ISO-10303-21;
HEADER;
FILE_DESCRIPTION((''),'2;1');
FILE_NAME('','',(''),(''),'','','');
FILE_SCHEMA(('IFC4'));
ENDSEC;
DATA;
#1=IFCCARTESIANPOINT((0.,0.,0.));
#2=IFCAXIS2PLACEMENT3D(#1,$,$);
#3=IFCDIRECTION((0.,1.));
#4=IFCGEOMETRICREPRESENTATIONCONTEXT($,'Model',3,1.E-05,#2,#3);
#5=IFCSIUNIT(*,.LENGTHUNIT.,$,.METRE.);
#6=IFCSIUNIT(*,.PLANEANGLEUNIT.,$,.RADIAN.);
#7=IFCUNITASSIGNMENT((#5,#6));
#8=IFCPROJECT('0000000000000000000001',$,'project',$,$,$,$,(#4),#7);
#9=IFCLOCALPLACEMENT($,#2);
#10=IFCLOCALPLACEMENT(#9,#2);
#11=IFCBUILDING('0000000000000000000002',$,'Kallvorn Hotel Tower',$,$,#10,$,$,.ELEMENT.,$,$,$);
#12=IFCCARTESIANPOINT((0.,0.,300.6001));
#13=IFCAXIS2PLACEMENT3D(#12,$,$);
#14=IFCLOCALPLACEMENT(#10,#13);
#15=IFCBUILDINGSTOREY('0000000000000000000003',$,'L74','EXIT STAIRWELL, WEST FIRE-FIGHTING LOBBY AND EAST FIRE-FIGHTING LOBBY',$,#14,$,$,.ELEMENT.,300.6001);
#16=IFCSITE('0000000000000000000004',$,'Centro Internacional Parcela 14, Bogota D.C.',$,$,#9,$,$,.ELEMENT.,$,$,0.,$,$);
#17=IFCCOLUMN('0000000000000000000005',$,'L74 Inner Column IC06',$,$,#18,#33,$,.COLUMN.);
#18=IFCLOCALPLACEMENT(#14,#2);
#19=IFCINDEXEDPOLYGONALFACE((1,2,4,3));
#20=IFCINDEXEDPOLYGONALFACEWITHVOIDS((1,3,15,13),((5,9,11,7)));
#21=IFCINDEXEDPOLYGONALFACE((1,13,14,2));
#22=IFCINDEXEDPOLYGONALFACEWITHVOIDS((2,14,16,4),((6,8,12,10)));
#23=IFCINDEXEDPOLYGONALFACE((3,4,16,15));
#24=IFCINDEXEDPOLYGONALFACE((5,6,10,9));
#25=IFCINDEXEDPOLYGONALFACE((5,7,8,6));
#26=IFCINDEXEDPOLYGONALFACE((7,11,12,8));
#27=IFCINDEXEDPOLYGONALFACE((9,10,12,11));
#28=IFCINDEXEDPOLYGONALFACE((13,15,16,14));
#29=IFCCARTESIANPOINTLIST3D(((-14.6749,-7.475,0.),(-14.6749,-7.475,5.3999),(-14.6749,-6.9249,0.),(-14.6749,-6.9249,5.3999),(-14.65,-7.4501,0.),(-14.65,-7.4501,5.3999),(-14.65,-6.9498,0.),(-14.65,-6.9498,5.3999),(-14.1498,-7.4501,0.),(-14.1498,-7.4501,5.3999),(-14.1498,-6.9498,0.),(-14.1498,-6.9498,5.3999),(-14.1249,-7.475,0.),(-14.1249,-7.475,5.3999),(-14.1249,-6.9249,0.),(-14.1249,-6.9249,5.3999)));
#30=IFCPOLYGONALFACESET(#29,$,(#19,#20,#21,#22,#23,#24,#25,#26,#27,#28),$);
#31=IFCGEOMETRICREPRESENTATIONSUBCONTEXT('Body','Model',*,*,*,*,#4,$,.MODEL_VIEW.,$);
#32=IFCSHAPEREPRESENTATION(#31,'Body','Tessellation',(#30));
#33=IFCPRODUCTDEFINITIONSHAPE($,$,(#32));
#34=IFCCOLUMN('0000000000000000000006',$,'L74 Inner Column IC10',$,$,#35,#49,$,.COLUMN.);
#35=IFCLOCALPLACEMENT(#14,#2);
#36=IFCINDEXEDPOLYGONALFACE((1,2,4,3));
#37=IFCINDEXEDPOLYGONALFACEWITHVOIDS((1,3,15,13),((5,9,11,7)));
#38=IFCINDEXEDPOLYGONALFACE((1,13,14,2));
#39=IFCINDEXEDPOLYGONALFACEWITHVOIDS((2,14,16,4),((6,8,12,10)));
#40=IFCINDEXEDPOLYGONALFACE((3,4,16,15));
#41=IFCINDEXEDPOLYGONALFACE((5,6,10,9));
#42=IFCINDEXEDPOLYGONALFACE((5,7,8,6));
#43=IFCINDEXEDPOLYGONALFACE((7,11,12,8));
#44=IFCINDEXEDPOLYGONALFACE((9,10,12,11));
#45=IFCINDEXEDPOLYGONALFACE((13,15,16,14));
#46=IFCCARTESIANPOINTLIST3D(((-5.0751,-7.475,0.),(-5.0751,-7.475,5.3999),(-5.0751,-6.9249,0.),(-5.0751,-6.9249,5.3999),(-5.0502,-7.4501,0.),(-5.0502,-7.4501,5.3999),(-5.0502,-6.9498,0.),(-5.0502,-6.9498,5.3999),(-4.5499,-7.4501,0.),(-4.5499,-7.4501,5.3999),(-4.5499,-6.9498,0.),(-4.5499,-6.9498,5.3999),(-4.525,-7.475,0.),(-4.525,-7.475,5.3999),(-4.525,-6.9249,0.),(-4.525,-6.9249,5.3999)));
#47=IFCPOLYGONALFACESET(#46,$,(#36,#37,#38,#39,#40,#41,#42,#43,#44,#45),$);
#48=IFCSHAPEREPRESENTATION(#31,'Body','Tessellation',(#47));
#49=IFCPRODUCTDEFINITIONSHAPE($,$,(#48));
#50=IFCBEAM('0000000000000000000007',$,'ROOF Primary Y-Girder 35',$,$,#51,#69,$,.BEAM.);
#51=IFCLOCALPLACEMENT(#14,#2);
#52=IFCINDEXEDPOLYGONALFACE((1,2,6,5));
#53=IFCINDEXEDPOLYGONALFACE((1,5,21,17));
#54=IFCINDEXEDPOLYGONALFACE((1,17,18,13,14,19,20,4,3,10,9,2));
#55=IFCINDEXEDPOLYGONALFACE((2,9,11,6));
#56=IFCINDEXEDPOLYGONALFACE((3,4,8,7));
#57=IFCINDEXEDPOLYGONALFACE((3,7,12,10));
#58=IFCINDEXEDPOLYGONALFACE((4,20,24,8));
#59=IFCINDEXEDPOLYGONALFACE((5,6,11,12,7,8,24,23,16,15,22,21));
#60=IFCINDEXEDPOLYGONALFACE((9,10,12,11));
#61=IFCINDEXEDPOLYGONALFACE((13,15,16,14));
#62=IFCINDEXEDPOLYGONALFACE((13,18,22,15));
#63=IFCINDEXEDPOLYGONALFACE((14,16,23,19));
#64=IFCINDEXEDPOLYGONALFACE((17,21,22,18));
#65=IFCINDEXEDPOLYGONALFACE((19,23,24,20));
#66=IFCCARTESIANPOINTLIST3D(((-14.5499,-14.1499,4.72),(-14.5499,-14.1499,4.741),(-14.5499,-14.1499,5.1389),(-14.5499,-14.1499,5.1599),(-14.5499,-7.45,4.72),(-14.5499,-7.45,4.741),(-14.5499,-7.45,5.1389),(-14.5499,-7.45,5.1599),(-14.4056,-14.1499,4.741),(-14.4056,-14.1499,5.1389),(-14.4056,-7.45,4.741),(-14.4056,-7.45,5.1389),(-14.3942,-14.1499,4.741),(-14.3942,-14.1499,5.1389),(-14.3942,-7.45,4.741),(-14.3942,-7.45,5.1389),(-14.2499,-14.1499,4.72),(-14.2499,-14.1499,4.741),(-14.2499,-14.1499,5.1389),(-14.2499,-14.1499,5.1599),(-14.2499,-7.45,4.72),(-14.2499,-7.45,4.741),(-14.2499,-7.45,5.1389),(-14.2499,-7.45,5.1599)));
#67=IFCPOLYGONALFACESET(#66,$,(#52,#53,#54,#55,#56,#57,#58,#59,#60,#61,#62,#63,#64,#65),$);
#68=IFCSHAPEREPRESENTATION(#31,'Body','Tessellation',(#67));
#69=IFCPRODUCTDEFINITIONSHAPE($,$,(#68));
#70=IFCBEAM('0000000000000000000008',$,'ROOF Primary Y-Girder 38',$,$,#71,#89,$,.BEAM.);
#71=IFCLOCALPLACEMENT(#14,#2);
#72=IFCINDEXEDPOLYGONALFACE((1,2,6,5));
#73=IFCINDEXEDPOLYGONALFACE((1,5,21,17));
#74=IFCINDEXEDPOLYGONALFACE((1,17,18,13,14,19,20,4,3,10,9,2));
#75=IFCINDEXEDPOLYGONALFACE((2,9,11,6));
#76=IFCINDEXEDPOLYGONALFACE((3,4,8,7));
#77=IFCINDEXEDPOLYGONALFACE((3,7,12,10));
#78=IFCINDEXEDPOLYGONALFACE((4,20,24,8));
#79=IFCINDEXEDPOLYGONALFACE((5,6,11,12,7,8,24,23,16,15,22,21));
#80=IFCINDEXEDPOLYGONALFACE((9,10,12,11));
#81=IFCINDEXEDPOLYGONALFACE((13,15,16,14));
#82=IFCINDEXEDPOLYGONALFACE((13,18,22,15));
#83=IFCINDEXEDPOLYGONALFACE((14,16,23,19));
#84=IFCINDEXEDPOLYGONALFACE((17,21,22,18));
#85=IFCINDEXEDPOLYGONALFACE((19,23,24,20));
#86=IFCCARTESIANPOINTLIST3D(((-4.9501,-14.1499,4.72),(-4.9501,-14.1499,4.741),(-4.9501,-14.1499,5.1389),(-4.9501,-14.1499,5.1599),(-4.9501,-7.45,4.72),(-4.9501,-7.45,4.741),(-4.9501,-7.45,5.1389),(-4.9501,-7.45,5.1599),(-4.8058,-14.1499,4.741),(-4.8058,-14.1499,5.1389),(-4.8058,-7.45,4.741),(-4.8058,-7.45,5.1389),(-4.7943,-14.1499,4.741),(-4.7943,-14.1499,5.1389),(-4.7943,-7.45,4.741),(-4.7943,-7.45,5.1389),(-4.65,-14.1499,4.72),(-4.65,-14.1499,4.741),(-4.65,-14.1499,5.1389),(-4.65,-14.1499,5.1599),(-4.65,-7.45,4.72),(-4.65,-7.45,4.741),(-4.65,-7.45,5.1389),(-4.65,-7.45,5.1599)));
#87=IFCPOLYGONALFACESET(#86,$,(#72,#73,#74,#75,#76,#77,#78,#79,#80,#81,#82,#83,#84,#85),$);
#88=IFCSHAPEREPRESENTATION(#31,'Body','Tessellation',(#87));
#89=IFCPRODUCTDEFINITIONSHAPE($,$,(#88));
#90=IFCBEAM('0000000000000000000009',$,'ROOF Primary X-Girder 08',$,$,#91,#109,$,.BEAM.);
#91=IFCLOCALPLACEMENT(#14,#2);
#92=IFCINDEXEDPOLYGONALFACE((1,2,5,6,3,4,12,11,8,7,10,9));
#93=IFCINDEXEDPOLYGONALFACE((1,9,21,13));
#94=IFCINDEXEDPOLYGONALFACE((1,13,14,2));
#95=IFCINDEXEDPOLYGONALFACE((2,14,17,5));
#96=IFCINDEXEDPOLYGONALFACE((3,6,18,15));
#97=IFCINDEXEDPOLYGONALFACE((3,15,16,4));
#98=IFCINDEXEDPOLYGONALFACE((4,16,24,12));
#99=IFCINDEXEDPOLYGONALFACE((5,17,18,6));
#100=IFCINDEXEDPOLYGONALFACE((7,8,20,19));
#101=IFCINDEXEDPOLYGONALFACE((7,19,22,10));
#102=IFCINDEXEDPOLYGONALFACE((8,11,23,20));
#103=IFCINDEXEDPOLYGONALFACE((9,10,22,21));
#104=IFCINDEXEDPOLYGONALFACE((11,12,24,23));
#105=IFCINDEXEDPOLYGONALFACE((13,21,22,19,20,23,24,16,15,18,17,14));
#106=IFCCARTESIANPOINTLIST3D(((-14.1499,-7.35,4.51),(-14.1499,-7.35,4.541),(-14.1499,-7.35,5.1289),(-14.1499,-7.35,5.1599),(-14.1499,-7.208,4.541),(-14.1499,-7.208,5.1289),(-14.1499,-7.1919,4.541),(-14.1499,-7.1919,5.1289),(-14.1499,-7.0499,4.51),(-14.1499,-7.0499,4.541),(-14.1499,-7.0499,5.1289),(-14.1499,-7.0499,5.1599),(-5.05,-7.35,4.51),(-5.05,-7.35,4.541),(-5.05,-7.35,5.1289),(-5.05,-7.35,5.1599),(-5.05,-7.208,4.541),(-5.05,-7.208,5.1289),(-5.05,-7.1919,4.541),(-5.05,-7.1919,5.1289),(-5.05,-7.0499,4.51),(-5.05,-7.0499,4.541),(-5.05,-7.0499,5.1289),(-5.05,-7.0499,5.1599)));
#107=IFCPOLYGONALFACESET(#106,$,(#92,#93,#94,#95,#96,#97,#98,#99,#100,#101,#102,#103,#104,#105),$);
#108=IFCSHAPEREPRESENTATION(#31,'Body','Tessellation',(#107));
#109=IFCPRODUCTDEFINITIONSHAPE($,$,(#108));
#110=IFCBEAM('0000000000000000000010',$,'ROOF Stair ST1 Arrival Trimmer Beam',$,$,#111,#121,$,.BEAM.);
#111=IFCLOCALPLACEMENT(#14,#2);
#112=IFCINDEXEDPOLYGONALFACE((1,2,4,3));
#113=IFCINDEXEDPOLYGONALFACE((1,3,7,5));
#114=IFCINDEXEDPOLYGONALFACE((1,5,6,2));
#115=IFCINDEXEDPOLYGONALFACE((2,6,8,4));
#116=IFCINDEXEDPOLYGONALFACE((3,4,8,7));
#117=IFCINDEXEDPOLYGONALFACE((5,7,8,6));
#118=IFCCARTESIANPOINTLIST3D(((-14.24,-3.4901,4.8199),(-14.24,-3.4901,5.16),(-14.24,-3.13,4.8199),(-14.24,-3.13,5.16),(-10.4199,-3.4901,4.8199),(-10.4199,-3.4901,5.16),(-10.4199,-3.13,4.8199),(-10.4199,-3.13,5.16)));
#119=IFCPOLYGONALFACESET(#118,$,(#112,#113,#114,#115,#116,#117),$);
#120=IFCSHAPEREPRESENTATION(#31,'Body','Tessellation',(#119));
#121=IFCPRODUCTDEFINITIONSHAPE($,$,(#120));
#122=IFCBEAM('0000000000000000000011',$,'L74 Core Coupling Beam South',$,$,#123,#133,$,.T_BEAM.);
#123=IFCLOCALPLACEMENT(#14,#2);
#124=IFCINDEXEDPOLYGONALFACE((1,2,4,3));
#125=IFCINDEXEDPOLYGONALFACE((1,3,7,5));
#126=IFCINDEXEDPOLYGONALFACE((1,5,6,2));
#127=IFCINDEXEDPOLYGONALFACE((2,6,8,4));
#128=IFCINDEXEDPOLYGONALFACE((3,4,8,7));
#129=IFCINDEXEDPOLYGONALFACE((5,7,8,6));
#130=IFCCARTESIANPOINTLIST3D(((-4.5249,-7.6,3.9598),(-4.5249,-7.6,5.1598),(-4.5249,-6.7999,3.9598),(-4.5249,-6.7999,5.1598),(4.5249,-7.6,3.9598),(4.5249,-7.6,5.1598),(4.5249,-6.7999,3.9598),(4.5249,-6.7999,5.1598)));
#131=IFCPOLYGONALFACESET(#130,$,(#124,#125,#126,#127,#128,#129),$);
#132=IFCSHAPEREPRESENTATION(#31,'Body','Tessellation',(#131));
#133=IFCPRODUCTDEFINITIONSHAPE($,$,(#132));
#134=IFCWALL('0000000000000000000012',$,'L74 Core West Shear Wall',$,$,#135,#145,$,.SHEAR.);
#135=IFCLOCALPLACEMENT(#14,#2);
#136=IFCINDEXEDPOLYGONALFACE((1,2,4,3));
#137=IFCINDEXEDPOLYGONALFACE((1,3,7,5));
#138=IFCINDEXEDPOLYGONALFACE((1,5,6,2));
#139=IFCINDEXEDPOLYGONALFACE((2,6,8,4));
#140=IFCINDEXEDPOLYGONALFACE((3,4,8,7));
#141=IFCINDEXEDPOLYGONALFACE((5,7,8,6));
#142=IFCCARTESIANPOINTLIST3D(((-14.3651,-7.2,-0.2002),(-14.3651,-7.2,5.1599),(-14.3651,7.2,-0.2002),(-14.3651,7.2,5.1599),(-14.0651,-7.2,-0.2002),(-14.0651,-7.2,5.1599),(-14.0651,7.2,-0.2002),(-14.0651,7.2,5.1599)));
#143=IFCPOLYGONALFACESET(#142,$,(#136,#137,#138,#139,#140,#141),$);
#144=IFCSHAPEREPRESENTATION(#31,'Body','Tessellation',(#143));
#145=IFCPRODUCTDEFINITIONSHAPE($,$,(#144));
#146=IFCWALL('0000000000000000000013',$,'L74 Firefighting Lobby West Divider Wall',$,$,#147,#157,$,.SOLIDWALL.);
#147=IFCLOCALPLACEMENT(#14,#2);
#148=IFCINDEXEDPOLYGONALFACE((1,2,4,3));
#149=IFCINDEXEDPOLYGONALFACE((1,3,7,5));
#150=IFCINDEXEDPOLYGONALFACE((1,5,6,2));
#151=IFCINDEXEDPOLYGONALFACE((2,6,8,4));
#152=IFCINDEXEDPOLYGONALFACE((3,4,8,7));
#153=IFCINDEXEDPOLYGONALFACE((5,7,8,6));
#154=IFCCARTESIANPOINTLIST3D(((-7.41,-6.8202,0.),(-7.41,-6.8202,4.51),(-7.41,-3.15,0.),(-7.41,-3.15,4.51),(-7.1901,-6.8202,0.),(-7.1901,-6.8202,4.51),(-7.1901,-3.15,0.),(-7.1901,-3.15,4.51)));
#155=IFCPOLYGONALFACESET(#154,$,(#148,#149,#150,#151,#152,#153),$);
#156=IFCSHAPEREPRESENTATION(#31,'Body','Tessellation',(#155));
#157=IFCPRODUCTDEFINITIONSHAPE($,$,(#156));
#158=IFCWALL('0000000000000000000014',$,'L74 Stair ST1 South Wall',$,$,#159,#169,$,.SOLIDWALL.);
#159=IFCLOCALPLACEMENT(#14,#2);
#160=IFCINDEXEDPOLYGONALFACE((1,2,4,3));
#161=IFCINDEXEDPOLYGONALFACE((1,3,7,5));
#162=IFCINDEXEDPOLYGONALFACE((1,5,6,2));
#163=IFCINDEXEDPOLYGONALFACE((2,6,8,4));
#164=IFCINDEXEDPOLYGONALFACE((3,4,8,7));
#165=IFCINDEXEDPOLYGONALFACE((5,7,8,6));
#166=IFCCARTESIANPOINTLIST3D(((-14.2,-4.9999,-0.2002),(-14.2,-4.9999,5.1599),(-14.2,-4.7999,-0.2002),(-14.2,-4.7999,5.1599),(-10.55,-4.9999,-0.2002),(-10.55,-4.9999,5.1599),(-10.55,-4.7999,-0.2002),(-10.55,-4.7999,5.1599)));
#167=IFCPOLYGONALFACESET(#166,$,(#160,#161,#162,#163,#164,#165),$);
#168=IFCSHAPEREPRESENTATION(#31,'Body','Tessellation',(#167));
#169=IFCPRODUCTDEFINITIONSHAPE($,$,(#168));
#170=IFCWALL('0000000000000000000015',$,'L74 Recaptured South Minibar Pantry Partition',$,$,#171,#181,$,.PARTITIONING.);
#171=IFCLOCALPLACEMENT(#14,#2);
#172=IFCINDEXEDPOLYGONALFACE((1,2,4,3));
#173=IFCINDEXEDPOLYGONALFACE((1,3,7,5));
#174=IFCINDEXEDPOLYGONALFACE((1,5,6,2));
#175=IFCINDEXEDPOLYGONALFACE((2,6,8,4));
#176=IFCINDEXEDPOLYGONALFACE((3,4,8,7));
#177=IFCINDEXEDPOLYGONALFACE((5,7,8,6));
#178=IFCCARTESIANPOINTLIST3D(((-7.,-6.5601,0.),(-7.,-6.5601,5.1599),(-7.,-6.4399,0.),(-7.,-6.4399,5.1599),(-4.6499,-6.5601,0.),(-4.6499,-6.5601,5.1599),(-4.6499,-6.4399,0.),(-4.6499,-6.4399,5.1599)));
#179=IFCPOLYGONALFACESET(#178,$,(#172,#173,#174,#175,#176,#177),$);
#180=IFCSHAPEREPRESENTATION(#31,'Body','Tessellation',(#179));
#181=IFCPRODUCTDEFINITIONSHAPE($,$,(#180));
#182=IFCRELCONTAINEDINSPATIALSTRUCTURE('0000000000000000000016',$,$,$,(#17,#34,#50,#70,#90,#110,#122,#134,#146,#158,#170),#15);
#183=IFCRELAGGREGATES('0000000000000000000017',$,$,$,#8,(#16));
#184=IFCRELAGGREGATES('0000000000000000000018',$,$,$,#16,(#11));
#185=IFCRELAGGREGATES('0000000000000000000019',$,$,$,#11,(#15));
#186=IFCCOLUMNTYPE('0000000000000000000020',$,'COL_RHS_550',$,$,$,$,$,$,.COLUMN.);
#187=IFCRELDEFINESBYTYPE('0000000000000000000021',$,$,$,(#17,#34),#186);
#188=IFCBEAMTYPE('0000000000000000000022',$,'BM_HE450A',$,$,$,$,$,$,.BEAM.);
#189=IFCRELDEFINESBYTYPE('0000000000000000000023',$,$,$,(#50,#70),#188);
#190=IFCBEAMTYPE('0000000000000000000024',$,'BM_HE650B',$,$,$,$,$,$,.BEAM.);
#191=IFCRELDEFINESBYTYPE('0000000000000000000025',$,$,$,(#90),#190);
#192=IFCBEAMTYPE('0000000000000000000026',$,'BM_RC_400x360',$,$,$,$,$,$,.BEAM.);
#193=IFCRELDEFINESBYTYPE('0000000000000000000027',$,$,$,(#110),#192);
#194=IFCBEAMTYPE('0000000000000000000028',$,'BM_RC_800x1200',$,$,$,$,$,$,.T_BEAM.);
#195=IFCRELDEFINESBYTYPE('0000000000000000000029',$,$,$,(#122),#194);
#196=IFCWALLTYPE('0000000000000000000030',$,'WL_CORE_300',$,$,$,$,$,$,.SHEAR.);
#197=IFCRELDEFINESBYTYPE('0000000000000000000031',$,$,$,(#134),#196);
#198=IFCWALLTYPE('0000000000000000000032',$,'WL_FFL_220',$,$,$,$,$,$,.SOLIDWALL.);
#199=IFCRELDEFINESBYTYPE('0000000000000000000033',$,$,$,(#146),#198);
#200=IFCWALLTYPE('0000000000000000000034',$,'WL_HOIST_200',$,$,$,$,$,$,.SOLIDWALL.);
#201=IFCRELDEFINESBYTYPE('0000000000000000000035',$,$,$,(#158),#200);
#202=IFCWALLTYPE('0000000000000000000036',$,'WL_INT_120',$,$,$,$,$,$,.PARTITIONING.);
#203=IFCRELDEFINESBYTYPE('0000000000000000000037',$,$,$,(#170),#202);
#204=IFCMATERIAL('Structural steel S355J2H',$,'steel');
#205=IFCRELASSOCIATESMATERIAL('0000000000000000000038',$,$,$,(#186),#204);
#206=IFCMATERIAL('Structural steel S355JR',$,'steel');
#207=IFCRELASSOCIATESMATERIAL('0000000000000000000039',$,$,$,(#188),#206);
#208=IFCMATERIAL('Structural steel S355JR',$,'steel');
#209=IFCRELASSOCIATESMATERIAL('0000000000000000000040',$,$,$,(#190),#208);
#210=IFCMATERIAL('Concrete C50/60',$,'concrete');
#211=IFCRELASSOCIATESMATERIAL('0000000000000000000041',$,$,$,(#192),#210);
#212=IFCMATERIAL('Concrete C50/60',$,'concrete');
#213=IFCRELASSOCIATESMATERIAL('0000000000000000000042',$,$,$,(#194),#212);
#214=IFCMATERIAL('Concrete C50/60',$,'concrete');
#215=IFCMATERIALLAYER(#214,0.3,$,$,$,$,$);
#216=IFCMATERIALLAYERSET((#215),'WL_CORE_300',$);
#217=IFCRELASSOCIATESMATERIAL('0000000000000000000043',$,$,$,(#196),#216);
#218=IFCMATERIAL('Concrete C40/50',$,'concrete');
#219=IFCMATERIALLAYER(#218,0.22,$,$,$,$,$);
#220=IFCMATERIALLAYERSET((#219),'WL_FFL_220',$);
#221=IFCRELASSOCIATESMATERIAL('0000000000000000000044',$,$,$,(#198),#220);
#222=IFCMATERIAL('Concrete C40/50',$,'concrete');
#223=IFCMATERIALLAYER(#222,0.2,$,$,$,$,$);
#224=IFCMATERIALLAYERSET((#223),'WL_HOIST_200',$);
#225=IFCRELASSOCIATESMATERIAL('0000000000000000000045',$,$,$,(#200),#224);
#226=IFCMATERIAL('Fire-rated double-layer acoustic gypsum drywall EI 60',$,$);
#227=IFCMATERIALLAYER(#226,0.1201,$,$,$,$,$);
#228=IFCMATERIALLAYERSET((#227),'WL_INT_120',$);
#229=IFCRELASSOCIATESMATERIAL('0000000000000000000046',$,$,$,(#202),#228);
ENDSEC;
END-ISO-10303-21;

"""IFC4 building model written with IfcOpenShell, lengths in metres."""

from ifc_helpers import new_model, si_unit, direction, frame, frame_2d, origin, origin_2d, place, context, subcontext, project, spatial, rectangle, hollow_rectangle, i_section, extrude, material, layer, layer_set, material_profile, profile_set, type_object, element, save


model = new_model("IFC4")

# Units and contexts
model_context = context("Model", 3, precision=1e-05, world=origin(), true_north=direction((0.0, 1.0)))
body_context = subcontext(model_context, "Body", "Model", "MODEL_VIEW")
ifc_project = project(units=[si_unit("LENGTHUNIT", "METRE"), si_unit("PLANEANGLEUNIT", "RADIAN")], contexts=[model_context])

# Site, building, storey
site_placement = place(None, origin())
site = spatial("IfcSite", under=ifc_project, at=site_placement, Name="Centro Internacional Parcela 14, Bogota D.C.", CompositionType="ELEMENT", RefElevation=0.0)
building_placement = place(site_placement, origin())
building = spatial("IfcBuilding", under=site, at=building_placement, Name="Kallvorn Hotel Tower", CompositionType="ELEMENT")
storey_placement = place(building_placement, frame((0.0, 0.0, 300.6001)))
storey = spatial("IfcBuildingStorey", under=building, at=storey_placement, Name="L74", Description="EXIT STAIRWELL, WEST FIRE-FIGHTING LOBBY AND EAST FIRE-FIGHTING LOBBY", CompositionType="ELEMENT", Elevation=300.6001)

# Columns
ifc_material_1 = material(Name="Structural steel S355J2H", Category="steel")
ifc_material_profile_1 = material_profile(ifc_material_1, hollow_rectangle(XDim=0.55, YDim=0.55, WallThickness=0.0249, at=origin_2d()), Name="RHS 550x550x25")
ifc_profile_set_1 = profile_set([ifc_material_profile_1], Name="Structural steel S355J2H")
column_type = type_object("IfcColumnType", Name="COL_RHS_550", PredefinedType="COLUMN", material=ifc_profile_set_1)
for number, where, z_axis, x_axis, name in (
    (1, (-14.3999, -7.2, 0.0), (0.0, 0.0, 1.0), (1.0, 0.0, 0.0), "L74 Inner Column IC06"),
    (2, (-4.8, -7.2, 0.0), (0.0, 0.0, 1.0), (1.0, 0.0, 0.0), "L74 Inner Column IC10"),
):
    element("IfcColumn", number, at=place(storey_placement, frame(where, z_axis=z_axis, x_axis=x_axis)), inside=storey, type_object=column_type, Name=name, PredefinedType="COLUMN", context=body_context, shape_type="SweptSolid", body=[
        extrude(hollow_rectangle(XDim=0.55, YDim=0.55, WallThickness=0.0249, at=origin_2d()), origin(), (0.0, 0.0, 1.0), 5.3999),
    ])

# Beams
ifc_material_2 = material(Name="Structural steel S355JR", Category="steel")
ifc_material_profile_2 = material_profile(ifc_material_2, i_section(OverallWidth=0.3, OverallDepth=0.4399, WebThickness=0.0115, FlangeThickness=0.021, at=origin_2d()), Name="HE 450 A")
ifc_profile_set_2 = profile_set([ifc_material_profile_2], Name="Structural steel S355JR")
beam_type_1 = type_object("IfcBeamType", Name="BM_HE450A", PredefinedType="BEAM", material=ifc_profile_set_2)
for number, where, z_axis, x_axis, name in (
    (3, (-14.3999, -14.1499, 4.9399), (0.0, 1.0, 0.0), (-1.0, 0.0, 0.0), "ROOF Primary Y-Girder 35"),
    (4, (-4.8, -14.1499, 4.9399), (0.0, 1.0, 0.0), (-1.0, 0.0, 0.0), "ROOF Primary Y-Girder 38"),
):
    element("IfcBeam", number, at=place(storey_placement, frame(where, z_axis=z_axis, x_axis=x_axis)), inside=storey, type_object=beam_type_1, Name=name, PredefinedType="BEAM", context=body_context, shape_type="SweptSolid", body=[
        extrude(i_section(OverallWidth=0.3, OverallDepth=0.4399, WebThickness=0.0115, FlangeThickness=0.021, at=origin_2d()), origin(), (0.0, 0.0, 1.0), 6.7),
    ])
ifc_material_3 = material(Name="Structural steel S355JR", Category="steel")
ifc_material_profile_3 = material_profile(ifc_material_3, i_section(OverallWidth=0.3, OverallDepth=0.6499, WebThickness=0.0161, FlangeThickness=0.031, at=origin_2d()), Name="HE 650 B")
ifc_profile_set_3 = profile_set([ifc_material_profile_3], Name="Structural steel S355JR")
beam_type_2 = type_object("IfcBeamType", Name="BM_HE650B", PredefinedType="BEAM", material=ifc_profile_set_3)
beam_1_placement = place(storey_placement, frame((-14.1499, -7.2, 4.835), z_axis=(1.0, 0.0, 0.0), x_axis=(0.0, 1.0, 0.0)))
element("IfcBeam", 5, at=beam_1_placement, inside=storey, type_object=beam_type_2, Name="ROOF Primary X-Girder 08", PredefinedType="BEAM", context=body_context, shape_type="SweptSolid", body=[
    extrude(i_section(OverallWidth=0.3, OverallDepth=0.6499, WebThickness=0.0161, FlangeThickness=0.031, at=origin_2d()), origin(), (0.0, 0.0, 1.0), 9.0999),
])
ifc_material_4 = material(Name="Concrete C50/60", Category="concrete")
ifc_material_profile_4 = material_profile(ifc_material_4, rectangle(XDim=0.3601, YDim=0.3401, at=origin_2d()), Name="RC 360x340")
ifc_profile_set_4 = profile_set([ifc_material_profile_4], Name="Concrete C50/60")
beam_type_3 = type_object("IfcBeamType", Name="BM_RC_400x360", PredefinedType="BEAM", material=ifc_profile_set_4)
beam_2_placement = place(storey_placement, frame((-10.4199, -3.3101, 4.99), z_axis=(-1.0, 0.0, 0.0), x_axis=(0.0, -1.0, 0.0)))
element("IfcBeam", 6, at=beam_2_placement, inside=storey, type_object=beam_type_3, Name="ROOF Stair ST1 Arrival Trimmer Beam", PredefinedType="BEAM", context=body_context, shape_type="SweptSolid", body=[
    extrude(rectangle(XDim=0.3601, YDim=0.3401, at=origin_2d()), origin(), (0.0, 0.0, 1.0), 3.8201),
])
ifc_material_5 = material(Name="Concrete C50/60", Category="concrete")
ifc_material_profile_5 = material_profile(ifc_material_5, rectangle(XDim=0.8, YDim=1.2, at=origin_2d()), Name="RC 800x1200")
ifc_profile_set_5 = profile_set([ifc_material_profile_5], Name="Concrete C50/60")
beam_type_4 = type_object("IfcBeamType", Name="BM_RC_800x1200", PredefinedType="T_BEAM", material=ifc_profile_set_5)
beam_3_placement = place(storey_placement, frame((-4.5249, -7.2, 4.5598), z_axis=(1.0, 0.0, 0.0), x_axis=(0.0, 1.0, 0.0)))
element("IfcBeam", 7, at=beam_3_placement, inside=storey, type_object=beam_type_4, Name="L74 Core Coupling Beam South", PredefinedType="T_BEAM", context=body_context, shape_type="SweptSolid", body=[
    extrude(rectangle(XDim=0.8, YDim=1.2, at=origin_2d()), origin(), (0.0, 0.0, 1.0), 9.0498),
])

# Walls
ifc_material_6 = material(Name="Concrete C50/60", Category="concrete")
ifc_layer_1 = layer(ifc_material_6, 0.3)
ifc_layer_set_1 = layer_set([ifc_layer_1], Name="WL_CORE_300")
wall_type_1 = type_object("IfcWallType", Name="WL_CORE_300", PredefinedType="SHEAR", material=ifc_layer_set_1)
wall_1_placement = place(storey_placement, frame((-14.2151, -7.2, -0.2002), z_axis=(0.0, 0.0, 1.0), x_axis=(0.0, 1.0, 0.0)))
element("IfcWall", 8, at=wall_1_placement, inside=storey, type_object=wall_type_1, Name="L74 Core West Shear Wall", PredefinedType="SHEAR", context=body_context, shape_type="SweptSolid", body=[
    extrude(rectangle(XDim=14.3999, YDim=0.3, at=frame_2d((7.2, 0.0))), origin(), (0.0, 0.0, 1.0), 5.3601),
])
ifc_material_7 = material(Name="Concrete C40/50", Category="concrete")
ifc_layer_2 = layer(ifc_material_7, 0.22)
ifc_layer_set_2 = layer_set([ifc_layer_2], Name="WL_FFL_220")
wall_type_2 = type_object("IfcWallType", Name="WL_FFL_220", PredefinedType="SOLIDWALL", material=ifc_layer_set_2)
wall_2_placement = place(storey_placement, frame((-7.3, -6.8201, 0.0), z_axis=(0.0, 0.0, 1.0), x_axis=(0.0, 1.0, 0.0)))
element("IfcWall", 9, at=wall_2_placement, inside=storey, type_object=wall_type_2, Name="L74 Firefighting Lobby West Divider Wall", PredefinedType="SOLIDWALL", context=body_context, shape_type="SweptSolid", body=[
    extrude(rectangle(XDim=3.6702, YDim=0.22, at=frame_2d((1.835, 0.0))), origin(), (0.0, 0.0, 1.0), 4.51),
])
ifc_material_8 = material(Name="Concrete C40/50", Category="concrete")
ifc_layer_3 = layer(ifc_material_8, 0.2)
ifc_layer_set_3 = layer_set([ifc_layer_3], Name="WL_HOIST_200")
wall_type_3 = type_object("IfcWallType", Name="WL_HOIST_200", PredefinedType="SOLIDWALL", material=ifc_layer_set_3)
wall_3_placement = place(storey_placement, frame((-14.2, -4.8999, -0.2002), z_axis=(0.0, 0.0, 1.0), x_axis=(1.0, 0.0, 0.0)))
element("IfcWall", 10, at=wall_3_placement, inside=storey, type_object=wall_type_3, Name="L74 Stair ST1 South Wall", PredefinedType="SOLIDWALL", context=body_context, shape_type="SweptSolid", body=[
    extrude(rectangle(XDim=3.6499, YDim=0.2, at=frame_2d((1.825, 0.0))), origin(), (0.0, 0.0, 1.0), 5.3601),
])
ifc_material_9 = material(Name="Fire-rated double-layer acoustic gypsum drywall EI 60")
ifc_layer_4 = layer(ifc_material_9, 0.1201)
ifc_layer_set_4 = layer_set([ifc_layer_4], Name="WL_INT_120")
wall_type_4 = type_object("IfcWallType", Name="WL_INT_120", PredefinedType="PARTITIONING", material=ifc_layer_set_4)
wall_4_placement = place(storey_placement, frame((-7.0, -6.5, 0.0), z_axis=(0.0, 0.0, 1.0), x_axis=(1.0, 0.0, 0.0)))
element("IfcWall", 11, at=wall_4_placement, inside=storey, type_object=wall_type_4, Name="L74 Recaptured South Minibar Pantry Partition", PredefinedType="PARTITIONING", context=body_context, shape_type="SweptSolid", body=[
    extrude(rectangle(XDim=2.3501, YDim=0.1201, at=frame_2d((1.175, 0.0))), origin(), (0.0, 0.0, 1.0), 5.1599),
])

save(model, "model.ifc")
